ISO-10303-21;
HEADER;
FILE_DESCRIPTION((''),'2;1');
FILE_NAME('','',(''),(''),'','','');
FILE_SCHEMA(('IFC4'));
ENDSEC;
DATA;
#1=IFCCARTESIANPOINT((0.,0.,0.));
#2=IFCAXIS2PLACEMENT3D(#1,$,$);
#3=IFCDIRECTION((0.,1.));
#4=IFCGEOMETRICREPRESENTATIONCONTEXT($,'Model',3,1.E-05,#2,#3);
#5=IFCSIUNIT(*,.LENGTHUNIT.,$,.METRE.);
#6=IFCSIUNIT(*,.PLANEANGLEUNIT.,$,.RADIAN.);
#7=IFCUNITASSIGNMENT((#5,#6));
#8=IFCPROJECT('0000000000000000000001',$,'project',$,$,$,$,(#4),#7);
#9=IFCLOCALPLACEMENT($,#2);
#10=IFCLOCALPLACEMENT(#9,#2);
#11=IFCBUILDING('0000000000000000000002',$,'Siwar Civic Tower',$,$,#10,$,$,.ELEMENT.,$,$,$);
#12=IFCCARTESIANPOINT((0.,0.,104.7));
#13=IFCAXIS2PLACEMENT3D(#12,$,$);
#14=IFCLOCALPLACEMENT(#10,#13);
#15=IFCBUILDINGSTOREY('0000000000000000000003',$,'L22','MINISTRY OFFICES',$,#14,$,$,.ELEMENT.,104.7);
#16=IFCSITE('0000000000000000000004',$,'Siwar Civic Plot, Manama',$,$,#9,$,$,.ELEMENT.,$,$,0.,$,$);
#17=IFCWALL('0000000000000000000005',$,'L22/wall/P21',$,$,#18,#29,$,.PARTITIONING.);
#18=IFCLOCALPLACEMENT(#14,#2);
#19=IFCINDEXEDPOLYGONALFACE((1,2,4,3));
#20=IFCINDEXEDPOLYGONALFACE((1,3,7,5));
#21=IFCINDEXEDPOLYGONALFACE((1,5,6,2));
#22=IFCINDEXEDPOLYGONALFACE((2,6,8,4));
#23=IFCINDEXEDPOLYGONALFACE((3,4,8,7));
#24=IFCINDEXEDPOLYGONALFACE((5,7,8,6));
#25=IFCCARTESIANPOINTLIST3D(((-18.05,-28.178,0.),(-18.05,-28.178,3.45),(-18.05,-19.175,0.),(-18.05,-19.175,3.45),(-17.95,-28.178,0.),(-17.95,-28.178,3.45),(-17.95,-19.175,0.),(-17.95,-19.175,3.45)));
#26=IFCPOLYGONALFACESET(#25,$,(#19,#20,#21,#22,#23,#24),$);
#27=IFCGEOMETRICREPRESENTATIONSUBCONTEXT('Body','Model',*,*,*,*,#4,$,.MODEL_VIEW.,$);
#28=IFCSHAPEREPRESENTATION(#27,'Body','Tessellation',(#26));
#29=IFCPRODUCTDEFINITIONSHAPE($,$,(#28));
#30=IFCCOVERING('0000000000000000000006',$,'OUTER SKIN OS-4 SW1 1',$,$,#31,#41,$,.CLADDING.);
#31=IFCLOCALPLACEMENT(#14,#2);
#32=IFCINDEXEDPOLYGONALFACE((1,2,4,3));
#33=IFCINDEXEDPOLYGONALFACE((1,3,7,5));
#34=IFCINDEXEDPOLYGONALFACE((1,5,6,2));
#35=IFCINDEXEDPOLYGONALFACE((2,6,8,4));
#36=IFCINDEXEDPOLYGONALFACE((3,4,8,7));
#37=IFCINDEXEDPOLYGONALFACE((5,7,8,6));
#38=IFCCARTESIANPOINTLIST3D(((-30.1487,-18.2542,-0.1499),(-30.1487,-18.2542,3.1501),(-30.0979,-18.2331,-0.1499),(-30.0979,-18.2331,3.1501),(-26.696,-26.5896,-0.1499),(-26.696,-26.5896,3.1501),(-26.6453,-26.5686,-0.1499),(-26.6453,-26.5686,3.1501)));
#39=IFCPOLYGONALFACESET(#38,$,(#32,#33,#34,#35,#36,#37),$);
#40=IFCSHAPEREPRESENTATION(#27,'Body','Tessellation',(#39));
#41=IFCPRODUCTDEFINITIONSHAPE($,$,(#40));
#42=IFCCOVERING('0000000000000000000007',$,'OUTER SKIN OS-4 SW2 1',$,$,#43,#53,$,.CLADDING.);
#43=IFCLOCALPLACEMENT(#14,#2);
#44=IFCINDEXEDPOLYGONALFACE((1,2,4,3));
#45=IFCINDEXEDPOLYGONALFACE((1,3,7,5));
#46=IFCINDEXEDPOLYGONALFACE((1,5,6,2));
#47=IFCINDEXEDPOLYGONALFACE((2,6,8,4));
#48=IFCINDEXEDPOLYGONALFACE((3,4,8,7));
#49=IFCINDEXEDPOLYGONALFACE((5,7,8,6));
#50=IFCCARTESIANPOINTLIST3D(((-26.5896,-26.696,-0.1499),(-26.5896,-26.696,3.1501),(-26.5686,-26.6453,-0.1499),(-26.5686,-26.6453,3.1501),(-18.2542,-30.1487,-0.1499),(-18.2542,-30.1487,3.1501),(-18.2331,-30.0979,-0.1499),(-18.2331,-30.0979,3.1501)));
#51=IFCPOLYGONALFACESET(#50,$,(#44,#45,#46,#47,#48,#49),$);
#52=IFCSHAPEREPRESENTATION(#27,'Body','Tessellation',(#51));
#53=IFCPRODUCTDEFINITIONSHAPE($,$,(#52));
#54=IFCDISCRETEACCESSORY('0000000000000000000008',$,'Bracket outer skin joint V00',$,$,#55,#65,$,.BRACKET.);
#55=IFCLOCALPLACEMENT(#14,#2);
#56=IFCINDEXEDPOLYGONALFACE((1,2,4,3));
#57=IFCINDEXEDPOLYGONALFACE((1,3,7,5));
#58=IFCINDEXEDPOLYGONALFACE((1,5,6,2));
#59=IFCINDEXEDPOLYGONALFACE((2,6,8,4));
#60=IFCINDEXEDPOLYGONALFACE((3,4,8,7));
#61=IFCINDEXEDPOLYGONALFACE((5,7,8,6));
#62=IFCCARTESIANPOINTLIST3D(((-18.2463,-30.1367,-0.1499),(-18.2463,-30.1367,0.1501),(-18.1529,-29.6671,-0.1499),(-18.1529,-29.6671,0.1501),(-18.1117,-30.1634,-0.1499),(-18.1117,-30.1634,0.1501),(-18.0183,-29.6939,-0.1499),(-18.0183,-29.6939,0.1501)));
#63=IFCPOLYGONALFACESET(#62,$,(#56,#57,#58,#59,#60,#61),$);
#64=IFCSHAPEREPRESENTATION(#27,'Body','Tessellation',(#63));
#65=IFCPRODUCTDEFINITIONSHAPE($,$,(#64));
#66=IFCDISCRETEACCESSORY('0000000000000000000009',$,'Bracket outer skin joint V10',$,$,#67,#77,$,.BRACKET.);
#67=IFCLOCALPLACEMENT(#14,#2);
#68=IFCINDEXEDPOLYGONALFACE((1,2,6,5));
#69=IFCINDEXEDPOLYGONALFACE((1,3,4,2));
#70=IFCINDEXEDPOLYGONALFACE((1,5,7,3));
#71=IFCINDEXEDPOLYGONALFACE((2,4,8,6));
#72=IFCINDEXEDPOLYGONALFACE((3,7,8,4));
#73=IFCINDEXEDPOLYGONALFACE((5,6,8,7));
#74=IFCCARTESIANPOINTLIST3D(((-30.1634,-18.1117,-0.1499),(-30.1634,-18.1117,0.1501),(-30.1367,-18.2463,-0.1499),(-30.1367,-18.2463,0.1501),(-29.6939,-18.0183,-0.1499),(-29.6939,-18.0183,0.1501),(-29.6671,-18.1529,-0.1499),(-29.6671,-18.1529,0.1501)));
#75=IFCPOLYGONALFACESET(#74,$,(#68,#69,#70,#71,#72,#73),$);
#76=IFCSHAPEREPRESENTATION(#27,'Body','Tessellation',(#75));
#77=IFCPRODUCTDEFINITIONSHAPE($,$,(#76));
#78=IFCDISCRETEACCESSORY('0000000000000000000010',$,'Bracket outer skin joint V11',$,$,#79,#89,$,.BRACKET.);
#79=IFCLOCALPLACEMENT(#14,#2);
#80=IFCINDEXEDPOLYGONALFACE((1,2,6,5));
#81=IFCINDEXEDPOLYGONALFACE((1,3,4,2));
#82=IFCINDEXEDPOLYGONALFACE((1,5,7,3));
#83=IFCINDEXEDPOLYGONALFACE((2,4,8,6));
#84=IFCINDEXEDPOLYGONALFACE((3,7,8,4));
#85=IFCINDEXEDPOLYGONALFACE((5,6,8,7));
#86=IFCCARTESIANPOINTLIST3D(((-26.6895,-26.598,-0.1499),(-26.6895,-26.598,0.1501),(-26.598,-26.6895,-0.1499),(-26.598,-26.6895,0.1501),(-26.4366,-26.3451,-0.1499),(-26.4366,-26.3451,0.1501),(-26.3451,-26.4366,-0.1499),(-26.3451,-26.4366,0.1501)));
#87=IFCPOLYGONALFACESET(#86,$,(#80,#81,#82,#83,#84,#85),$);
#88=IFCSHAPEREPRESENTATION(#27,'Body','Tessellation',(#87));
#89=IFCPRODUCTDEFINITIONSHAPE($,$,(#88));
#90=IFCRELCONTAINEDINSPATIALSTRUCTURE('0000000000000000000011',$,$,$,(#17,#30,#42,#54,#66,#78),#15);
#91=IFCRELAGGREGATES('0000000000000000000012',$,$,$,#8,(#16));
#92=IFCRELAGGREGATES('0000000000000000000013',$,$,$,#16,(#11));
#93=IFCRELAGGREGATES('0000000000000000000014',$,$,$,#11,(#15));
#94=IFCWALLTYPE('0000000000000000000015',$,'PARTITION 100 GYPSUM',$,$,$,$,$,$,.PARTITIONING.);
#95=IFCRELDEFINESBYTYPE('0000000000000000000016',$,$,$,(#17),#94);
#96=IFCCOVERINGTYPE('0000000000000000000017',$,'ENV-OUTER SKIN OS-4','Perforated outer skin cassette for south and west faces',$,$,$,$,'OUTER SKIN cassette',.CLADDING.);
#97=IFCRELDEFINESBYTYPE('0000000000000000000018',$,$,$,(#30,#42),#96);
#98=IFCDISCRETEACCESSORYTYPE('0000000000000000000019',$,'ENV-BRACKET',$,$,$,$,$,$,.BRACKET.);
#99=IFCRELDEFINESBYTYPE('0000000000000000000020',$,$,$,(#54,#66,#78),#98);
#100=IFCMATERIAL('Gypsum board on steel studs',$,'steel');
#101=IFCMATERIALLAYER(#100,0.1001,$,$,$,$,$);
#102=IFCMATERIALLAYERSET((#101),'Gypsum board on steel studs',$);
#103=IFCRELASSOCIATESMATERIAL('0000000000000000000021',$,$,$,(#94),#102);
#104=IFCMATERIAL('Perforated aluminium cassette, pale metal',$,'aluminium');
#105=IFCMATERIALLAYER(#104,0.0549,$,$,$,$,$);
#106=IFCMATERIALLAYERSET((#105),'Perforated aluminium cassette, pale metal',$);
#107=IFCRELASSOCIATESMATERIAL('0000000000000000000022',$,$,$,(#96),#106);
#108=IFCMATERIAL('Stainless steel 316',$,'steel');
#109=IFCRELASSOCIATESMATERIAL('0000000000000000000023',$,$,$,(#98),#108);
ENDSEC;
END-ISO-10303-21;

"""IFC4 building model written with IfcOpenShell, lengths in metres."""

from ifc_helpers import new_model, si_unit, direction, frame, frame_2d, origin, origin_2d, place, context, subcontext, project, spatial, rectangle, extrude, material, layer, layer_set, type_object, element, save


model = new_model("IFC4")

# Units and contexts
model_context = context("Model", 3, precision=1e-05, world=origin(), true_north=direction((0.0, 1.0)))
body_context = subcontext(model_context, "Body", "Model", "MODEL_VIEW")
ifc_project = project(units=[si_unit("LENGTHUNIT", "METRE"), si_unit("PLANEANGLEUNIT", "RADIAN")], contexts=[model_context])

# Site, building, storey
site_placement = place(None, origin())
site = spatial("IfcSite", under=ifc_project, at=site_placement, Name="Siwar Civic Plot, Manama", CompositionType="ELEMENT", RefElevation=0.0)
building_placement = place(site_placement, origin())
building = spatial("IfcBuilding", under=site, at=building_placement, Name="Siwar Civic Tower", CompositionType="ELEMENT")
storey_placement = place(building_placement, frame((0.0, 0.0, 104.7)))
storey = spatial("IfcBuildingStorey", under=building, at=storey_placement, Name="L22", Description="MINISTRY OFFICES", CompositionType="ELEMENT", Elevation=104.7)

# Shared definitions
ifc_material_1 = material(Name="Gypsum board on steel studs", Category="steel")
ifc_layer_1 = layer(ifc_material_1, 0.1001)
ifc_layer_set_1 = layer_set([ifc_layer_1], Name="Gypsum board on steel studs")
wall_type_1 = type_object("IfcWallType", Name="PARTITION 100 GYPSUM", PredefinedType="PARTITIONING", material=ifc_layer_set_1)

# Wall
wall_1_placement = place(storey_placement, frame((-18.0, -28.178, 0.0), z_axis=(0.0, 0.0, 1.0), x_axis=(0.0, 1.0, 0.0)))
element("IfcWall", 1, at=wall_1_placement, inside=storey, type_object=wall_type_1, Name="L22/wall/P21", PredefinedType="PARTITIONING", context=body_context, shape_type="SweptSolid", body=[
    extrude(rectangle(XDim=9.0029, YDim=0.1001, at=frame_2d((4.5015, 0.0))), origin(), (0.0, 0.0, 1.0), 3.45),
])

# Coverings
ifc_material_2 = material(Name="Perforated aluminium cassette, pale metal", Category="aluminium")
ifc_layer_2 = layer(ifc_material_2, 0.0549)
ifc_layer_set_2 = layer_set([ifc_layer_2], Name="Perforated aluminium cassette, pale metal")
covering_type = type_object("IfcCoveringType", Name="ENV-OUTER SKIN OS-4", Description="Perforated outer skin cassette for south and west faces", ElementType="OUTER SKIN cassette", PredefinedType="CLADDING", material=ifc_layer_set_2)
for number, where, z_axis, x_axis, name in (
    (2, (-28.397, -22.4114, -0.1499), (0.0, 0.0, 1.0), (0.382683, -0.92388, 0.0), "OUTER SKIN OS-4 SW1 1"),
    (3, (-22.4114, -28.397, -0.1499), (0.0, 0.0, 1.0), (0.92388, -0.382683, 0.0), "OUTER SKIN OS-4 SW2 1"),
):
    element("IfcCovering", number, at=place(storey_placement, frame(where, z_axis=z_axis, x_axis=x_axis)), inside=storey, type_object=covering_type, Name=name, PredefinedType="CLADDING", context=body_context, shape_type="SweptSolid", body=[
        extrude(rectangle(XDim=9.0222, YDim=0.0549, at=origin_2d()), origin(), (0.0, 0.0, 1.0), 3.3),
    ])

# Discrete accessories
ifc_material_3 = material(Name="Stainless steel 316", Category="steel")
discrete_accessory_type = type_object("IfcDiscreteAccessoryType", Name="ENV-BRACKET", PredefinedType="BRACKET", material=ifc_material_3)
for number, where, z_axis, x_axis, name in (
    (4, (-18.1323, -29.9153, -0.1499), (0.0, 0.0, 1.0), (-0.19509, -0.980785, 0.0), "Bracket outer skin joint V00"),
    (5, (-29.9153, -18.1323, -0.1499), (0.0, 0.0, 1.0), (-0.980785, -0.19509, 0.0), "Bracket outer skin joint V10"),
):
    element("IfcDiscreteAccessory", number, at=place(storey_placement, frame(where, z_axis=z_axis, x_axis=x_axis)), inside=storey, type_object=discrete_accessory_type, Name=name, PredefinedType="BRACKET", context=body_context, shape_type="SweptSolid", body=[
        extrude(rectangle(XDim=0.4788, YDim=0.1372, at=origin_2d()), origin(), (0.0, 0.0, 1.0), 0.3),
    ])
discrete_accessory_placement = place(storey_placement, frame((-26.5173, -26.5173, -0.1499), z_axis=(0.0, 0.0, 1.0), x_axis=(-0.707107, -0.707107, 0.0)))
element("IfcDiscreteAccessory", 6, at=discrete_accessory_placement, inside=storey, type_object=discrete_accessory_type, Name="Bracket outer skin joint V11", PredefinedType="BRACKET", context=body_context, shape_type="SweptSolid", body=[
    extrude(rectangle(XDim=0.3577, YDim=0.1294, at=origin_2d()), origin(), (0.0, 0.0, 1.0), 0.3),
])

save(model, "model.ifc")
